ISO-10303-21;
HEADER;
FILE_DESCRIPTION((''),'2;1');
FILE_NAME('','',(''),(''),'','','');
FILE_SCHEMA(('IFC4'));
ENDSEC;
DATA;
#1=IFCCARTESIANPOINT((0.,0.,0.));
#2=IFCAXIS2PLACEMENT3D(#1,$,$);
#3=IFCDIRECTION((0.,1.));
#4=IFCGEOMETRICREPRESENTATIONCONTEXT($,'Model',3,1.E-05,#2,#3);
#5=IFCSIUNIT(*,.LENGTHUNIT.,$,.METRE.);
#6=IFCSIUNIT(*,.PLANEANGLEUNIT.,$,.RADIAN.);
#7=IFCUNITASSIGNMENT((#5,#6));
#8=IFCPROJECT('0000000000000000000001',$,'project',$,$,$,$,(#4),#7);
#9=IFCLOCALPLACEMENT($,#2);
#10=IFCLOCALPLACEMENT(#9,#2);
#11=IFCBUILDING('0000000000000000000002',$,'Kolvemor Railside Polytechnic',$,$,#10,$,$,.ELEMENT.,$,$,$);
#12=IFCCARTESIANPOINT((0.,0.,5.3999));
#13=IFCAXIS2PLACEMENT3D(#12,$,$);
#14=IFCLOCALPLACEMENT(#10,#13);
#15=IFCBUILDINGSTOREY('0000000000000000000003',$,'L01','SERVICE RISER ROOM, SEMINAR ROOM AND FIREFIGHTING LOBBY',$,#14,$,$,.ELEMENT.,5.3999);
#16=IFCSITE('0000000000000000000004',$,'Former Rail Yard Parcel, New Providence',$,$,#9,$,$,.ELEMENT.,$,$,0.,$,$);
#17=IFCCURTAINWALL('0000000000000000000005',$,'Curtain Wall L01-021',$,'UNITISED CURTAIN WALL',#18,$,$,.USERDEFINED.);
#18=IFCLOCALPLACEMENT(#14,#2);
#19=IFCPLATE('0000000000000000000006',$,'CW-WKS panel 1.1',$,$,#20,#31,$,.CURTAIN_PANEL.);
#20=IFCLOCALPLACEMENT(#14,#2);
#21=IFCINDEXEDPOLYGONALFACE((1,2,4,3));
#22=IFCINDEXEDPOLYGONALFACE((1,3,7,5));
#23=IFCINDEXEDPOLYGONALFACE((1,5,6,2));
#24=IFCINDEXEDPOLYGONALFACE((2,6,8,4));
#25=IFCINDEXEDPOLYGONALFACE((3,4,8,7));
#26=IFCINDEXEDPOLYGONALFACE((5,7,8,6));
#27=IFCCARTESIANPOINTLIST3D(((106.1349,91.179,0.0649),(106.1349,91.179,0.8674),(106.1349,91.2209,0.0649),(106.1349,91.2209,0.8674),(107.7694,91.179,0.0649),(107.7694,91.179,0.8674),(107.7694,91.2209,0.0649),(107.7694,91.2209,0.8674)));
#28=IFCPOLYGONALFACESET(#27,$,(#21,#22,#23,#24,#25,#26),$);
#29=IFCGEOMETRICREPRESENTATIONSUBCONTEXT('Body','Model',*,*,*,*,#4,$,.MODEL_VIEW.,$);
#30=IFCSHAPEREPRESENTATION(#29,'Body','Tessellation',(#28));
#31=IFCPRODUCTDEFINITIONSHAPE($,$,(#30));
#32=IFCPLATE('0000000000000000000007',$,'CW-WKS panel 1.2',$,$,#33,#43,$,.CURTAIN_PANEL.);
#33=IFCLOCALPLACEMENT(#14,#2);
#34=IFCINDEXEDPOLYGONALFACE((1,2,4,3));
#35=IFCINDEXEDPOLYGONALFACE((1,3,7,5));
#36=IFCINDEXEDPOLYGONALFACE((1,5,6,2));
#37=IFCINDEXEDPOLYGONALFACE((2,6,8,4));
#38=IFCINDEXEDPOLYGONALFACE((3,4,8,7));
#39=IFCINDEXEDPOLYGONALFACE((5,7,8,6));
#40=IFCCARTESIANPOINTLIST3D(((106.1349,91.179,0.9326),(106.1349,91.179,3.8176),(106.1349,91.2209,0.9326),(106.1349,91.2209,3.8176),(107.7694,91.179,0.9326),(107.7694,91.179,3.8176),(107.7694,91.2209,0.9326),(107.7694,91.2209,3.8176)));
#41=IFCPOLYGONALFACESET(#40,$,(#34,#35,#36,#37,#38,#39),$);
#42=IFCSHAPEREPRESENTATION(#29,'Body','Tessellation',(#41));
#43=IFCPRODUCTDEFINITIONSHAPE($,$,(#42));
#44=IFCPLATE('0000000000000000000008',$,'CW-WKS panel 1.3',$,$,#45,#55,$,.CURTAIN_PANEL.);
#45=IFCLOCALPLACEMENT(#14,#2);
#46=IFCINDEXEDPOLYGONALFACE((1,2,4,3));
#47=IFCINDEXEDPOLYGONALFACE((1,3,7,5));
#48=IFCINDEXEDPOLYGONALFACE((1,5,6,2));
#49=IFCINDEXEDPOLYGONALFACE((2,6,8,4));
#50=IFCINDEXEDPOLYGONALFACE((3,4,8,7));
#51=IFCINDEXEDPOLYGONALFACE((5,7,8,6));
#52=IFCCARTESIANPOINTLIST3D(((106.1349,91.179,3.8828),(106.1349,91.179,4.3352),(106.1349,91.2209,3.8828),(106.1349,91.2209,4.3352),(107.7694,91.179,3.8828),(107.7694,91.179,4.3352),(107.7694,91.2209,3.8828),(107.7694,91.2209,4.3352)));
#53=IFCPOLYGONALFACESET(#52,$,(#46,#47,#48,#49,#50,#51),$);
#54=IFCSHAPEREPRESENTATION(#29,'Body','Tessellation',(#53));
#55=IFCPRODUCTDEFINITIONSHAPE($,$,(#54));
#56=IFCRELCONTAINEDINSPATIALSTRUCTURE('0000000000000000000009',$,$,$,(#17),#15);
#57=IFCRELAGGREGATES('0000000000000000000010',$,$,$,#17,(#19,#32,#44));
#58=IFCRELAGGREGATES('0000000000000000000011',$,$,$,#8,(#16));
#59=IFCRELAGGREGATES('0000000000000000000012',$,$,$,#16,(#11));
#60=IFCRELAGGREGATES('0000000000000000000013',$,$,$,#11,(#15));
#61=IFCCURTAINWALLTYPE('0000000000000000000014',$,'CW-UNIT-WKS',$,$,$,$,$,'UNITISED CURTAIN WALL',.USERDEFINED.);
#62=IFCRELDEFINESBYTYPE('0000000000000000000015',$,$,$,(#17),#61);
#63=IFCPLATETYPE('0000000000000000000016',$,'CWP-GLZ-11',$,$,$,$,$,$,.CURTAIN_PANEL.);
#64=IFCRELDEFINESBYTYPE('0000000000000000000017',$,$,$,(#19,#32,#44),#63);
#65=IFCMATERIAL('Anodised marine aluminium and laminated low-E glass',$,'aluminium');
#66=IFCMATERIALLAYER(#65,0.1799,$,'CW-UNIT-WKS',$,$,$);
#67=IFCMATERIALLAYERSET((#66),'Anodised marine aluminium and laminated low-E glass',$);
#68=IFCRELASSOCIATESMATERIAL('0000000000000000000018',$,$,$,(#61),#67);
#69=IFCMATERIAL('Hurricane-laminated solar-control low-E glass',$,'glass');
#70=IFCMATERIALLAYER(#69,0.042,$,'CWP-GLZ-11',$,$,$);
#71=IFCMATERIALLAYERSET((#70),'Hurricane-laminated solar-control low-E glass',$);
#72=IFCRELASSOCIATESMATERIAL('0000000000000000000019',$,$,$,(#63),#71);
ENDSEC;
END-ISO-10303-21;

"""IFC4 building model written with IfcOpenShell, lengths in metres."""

from ifc_helpers import new_model, si_unit, direction, frame, origin, origin_2d, place, context, subcontext, project, spatial, rectangle, extrude, material, layer, layer_set, type_object, element, aggregate, save


model = new_model("IFC4")

# Units and contexts
model_context = context("Model", 3, precision=1e-05, world=origin(), true_north=direction((0.0, 1.0)))
body_context = subcontext(model_context, "Body", "Model", "MODEL_VIEW")
ifc_project = project(units=[si_unit("LENGTHUNIT", "METRE"), si_unit("PLANEANGLEUNIT", "RADIAN")], contexts=[model_context])

# Site, building, storey
site_placement = place(None, origin())
site = spatial("IfcSite", under=ifc_project, at=site_placement, Name="Former Rail Yard Parcel, New Providence", CompositionType="ELEMENT", RefElevation=0.0)
building_placement = place(site_placement, origin())
building = spatial("IfcBuilding", under=site, at=building_placement, Name="Kolvemor Railside Polytechnic", CompositionType="ELEMENT")
storey_placement = place(building_placement, frame((0.0, 0.0, 5.3999)))
storey = spatial("IfcBuildingStorey", under=building, at=storey_placement, Name="L01", Description="SERVICE RISER ROOM, SEMINAR ROOM AND FIREFIGHTING LOBBY", CompositionType="ELEMENT", Elevation=5.3999)

# Curtain wall
ifc_material_1 = material(Name="Anodised marine aluminium and laminated low-E glass", Category="aluminium")
ifc_layer_1 = layer(ifc_material_1, 0.1799, Name="CW-UNIT-WKS")
ifc_layer_set_1 = layer_set([ifc_layer_1], Name="Anodised marine aluminium and laminated low-E glass")
curtain_wall_type = type_object("IfcCurtainWallType", Name="CW-UNIT-WKS", ElementType="UNITISED CURTAIN WALL", PredefinedType="USERDEFINED", material=ifc_layer_set_1)
curtain_wall_1_placement = place(storey_placement, origin())
curtain_wall_1 = element("IfcCurtainWall", 1, at=curtain_wall_1_placement, inside=storey, type_object=curtain_wall_type, Name="Curtain Wall L01-021", ObjectType="UNITISED CURTAIN WALL", PredefinedType="USERDEFINED")

# Plates
ifc_material_2 = material(Name="Hurricane-laminated solar-control low-E glass", Category="glass")
ifc_layer_2 = layer(ifc_material_2, 0.042, Name="CWP-GLZ-11")
ifc_layer_set_2 = layer_set([ifc_layer_2], Name="Hurricane-laminated solar-control low-E glass")
plate_type_1 = type_object("IfcPlateType", Name="CWP-GLZ-11", PredefinedType="CURTAIN_PANEL", material=ifc_layer_set_2)
plate_1_placement = place(storey_placement, frame((106.9521, 91.2, 0.0649), z_axis=(0.0, 0.0, 1.0), x_axis=(1.0, 0.0, 0.0)))
plate_1 = element("IfcPlate", 2, at=plate_1_placement, type_object=plate_type_1, Name="CW-WKS panel 1.1", PredefinedType="CURTAIN_PANEL", context=body_context, shape_type="SweptSolid", body=[
    extrude(rectangle(XDim=1.6345, YDim=0.042, at=origin_2d()), origin(), (0.0, 0.0, 1.0), 0.8025),
])
plate_2_placement = place(storey_placement, frame((106.9521, 91.2, 0.9326), z_axis=(0.0, 0.0, 1.0), x_axis=(1.0, 0.0, 0.0)))
plate_2 = element("IfcPlate", 3, at=plate_2_placement, type_object=plate_type_1, Name="CW-WKS panel 1.2", PredefinedType="CURTAIN_PANEL", context=body_context, shape_type="SweptSolid", body=[
    extrude(rectangle(XDim=1.6345, YDim=0.042, at=origin_2d()), origin(), (0.0, 0.0, 1.0), 2.885),
])
plate_3_placement = place(storey_placement, frame((106.9521, 91.2, 3.8828), z_axis=(0.0, 0.0, 1.0), x_axis=(1.0, 0.0, 0.0)))
plate_3 = element("IfcPlate", 4, at=plate_3_placement, type_object=plate_type_1, Name="CW-WKS panel 1.3", PredefinedType="CURTAIN_PANEL", context=body_context, shape_type="SweptSolid", body=[
    extrude(rectangle(XDim=1.6345, YDim=0.042, at=origin_2d()), origin(), (0.0, 0.0, 1.0), 0.4524),
])
aggregate(curtain_wall_1, [plate_1, plate_2, plate_3])

save(model, "model.ifc")
